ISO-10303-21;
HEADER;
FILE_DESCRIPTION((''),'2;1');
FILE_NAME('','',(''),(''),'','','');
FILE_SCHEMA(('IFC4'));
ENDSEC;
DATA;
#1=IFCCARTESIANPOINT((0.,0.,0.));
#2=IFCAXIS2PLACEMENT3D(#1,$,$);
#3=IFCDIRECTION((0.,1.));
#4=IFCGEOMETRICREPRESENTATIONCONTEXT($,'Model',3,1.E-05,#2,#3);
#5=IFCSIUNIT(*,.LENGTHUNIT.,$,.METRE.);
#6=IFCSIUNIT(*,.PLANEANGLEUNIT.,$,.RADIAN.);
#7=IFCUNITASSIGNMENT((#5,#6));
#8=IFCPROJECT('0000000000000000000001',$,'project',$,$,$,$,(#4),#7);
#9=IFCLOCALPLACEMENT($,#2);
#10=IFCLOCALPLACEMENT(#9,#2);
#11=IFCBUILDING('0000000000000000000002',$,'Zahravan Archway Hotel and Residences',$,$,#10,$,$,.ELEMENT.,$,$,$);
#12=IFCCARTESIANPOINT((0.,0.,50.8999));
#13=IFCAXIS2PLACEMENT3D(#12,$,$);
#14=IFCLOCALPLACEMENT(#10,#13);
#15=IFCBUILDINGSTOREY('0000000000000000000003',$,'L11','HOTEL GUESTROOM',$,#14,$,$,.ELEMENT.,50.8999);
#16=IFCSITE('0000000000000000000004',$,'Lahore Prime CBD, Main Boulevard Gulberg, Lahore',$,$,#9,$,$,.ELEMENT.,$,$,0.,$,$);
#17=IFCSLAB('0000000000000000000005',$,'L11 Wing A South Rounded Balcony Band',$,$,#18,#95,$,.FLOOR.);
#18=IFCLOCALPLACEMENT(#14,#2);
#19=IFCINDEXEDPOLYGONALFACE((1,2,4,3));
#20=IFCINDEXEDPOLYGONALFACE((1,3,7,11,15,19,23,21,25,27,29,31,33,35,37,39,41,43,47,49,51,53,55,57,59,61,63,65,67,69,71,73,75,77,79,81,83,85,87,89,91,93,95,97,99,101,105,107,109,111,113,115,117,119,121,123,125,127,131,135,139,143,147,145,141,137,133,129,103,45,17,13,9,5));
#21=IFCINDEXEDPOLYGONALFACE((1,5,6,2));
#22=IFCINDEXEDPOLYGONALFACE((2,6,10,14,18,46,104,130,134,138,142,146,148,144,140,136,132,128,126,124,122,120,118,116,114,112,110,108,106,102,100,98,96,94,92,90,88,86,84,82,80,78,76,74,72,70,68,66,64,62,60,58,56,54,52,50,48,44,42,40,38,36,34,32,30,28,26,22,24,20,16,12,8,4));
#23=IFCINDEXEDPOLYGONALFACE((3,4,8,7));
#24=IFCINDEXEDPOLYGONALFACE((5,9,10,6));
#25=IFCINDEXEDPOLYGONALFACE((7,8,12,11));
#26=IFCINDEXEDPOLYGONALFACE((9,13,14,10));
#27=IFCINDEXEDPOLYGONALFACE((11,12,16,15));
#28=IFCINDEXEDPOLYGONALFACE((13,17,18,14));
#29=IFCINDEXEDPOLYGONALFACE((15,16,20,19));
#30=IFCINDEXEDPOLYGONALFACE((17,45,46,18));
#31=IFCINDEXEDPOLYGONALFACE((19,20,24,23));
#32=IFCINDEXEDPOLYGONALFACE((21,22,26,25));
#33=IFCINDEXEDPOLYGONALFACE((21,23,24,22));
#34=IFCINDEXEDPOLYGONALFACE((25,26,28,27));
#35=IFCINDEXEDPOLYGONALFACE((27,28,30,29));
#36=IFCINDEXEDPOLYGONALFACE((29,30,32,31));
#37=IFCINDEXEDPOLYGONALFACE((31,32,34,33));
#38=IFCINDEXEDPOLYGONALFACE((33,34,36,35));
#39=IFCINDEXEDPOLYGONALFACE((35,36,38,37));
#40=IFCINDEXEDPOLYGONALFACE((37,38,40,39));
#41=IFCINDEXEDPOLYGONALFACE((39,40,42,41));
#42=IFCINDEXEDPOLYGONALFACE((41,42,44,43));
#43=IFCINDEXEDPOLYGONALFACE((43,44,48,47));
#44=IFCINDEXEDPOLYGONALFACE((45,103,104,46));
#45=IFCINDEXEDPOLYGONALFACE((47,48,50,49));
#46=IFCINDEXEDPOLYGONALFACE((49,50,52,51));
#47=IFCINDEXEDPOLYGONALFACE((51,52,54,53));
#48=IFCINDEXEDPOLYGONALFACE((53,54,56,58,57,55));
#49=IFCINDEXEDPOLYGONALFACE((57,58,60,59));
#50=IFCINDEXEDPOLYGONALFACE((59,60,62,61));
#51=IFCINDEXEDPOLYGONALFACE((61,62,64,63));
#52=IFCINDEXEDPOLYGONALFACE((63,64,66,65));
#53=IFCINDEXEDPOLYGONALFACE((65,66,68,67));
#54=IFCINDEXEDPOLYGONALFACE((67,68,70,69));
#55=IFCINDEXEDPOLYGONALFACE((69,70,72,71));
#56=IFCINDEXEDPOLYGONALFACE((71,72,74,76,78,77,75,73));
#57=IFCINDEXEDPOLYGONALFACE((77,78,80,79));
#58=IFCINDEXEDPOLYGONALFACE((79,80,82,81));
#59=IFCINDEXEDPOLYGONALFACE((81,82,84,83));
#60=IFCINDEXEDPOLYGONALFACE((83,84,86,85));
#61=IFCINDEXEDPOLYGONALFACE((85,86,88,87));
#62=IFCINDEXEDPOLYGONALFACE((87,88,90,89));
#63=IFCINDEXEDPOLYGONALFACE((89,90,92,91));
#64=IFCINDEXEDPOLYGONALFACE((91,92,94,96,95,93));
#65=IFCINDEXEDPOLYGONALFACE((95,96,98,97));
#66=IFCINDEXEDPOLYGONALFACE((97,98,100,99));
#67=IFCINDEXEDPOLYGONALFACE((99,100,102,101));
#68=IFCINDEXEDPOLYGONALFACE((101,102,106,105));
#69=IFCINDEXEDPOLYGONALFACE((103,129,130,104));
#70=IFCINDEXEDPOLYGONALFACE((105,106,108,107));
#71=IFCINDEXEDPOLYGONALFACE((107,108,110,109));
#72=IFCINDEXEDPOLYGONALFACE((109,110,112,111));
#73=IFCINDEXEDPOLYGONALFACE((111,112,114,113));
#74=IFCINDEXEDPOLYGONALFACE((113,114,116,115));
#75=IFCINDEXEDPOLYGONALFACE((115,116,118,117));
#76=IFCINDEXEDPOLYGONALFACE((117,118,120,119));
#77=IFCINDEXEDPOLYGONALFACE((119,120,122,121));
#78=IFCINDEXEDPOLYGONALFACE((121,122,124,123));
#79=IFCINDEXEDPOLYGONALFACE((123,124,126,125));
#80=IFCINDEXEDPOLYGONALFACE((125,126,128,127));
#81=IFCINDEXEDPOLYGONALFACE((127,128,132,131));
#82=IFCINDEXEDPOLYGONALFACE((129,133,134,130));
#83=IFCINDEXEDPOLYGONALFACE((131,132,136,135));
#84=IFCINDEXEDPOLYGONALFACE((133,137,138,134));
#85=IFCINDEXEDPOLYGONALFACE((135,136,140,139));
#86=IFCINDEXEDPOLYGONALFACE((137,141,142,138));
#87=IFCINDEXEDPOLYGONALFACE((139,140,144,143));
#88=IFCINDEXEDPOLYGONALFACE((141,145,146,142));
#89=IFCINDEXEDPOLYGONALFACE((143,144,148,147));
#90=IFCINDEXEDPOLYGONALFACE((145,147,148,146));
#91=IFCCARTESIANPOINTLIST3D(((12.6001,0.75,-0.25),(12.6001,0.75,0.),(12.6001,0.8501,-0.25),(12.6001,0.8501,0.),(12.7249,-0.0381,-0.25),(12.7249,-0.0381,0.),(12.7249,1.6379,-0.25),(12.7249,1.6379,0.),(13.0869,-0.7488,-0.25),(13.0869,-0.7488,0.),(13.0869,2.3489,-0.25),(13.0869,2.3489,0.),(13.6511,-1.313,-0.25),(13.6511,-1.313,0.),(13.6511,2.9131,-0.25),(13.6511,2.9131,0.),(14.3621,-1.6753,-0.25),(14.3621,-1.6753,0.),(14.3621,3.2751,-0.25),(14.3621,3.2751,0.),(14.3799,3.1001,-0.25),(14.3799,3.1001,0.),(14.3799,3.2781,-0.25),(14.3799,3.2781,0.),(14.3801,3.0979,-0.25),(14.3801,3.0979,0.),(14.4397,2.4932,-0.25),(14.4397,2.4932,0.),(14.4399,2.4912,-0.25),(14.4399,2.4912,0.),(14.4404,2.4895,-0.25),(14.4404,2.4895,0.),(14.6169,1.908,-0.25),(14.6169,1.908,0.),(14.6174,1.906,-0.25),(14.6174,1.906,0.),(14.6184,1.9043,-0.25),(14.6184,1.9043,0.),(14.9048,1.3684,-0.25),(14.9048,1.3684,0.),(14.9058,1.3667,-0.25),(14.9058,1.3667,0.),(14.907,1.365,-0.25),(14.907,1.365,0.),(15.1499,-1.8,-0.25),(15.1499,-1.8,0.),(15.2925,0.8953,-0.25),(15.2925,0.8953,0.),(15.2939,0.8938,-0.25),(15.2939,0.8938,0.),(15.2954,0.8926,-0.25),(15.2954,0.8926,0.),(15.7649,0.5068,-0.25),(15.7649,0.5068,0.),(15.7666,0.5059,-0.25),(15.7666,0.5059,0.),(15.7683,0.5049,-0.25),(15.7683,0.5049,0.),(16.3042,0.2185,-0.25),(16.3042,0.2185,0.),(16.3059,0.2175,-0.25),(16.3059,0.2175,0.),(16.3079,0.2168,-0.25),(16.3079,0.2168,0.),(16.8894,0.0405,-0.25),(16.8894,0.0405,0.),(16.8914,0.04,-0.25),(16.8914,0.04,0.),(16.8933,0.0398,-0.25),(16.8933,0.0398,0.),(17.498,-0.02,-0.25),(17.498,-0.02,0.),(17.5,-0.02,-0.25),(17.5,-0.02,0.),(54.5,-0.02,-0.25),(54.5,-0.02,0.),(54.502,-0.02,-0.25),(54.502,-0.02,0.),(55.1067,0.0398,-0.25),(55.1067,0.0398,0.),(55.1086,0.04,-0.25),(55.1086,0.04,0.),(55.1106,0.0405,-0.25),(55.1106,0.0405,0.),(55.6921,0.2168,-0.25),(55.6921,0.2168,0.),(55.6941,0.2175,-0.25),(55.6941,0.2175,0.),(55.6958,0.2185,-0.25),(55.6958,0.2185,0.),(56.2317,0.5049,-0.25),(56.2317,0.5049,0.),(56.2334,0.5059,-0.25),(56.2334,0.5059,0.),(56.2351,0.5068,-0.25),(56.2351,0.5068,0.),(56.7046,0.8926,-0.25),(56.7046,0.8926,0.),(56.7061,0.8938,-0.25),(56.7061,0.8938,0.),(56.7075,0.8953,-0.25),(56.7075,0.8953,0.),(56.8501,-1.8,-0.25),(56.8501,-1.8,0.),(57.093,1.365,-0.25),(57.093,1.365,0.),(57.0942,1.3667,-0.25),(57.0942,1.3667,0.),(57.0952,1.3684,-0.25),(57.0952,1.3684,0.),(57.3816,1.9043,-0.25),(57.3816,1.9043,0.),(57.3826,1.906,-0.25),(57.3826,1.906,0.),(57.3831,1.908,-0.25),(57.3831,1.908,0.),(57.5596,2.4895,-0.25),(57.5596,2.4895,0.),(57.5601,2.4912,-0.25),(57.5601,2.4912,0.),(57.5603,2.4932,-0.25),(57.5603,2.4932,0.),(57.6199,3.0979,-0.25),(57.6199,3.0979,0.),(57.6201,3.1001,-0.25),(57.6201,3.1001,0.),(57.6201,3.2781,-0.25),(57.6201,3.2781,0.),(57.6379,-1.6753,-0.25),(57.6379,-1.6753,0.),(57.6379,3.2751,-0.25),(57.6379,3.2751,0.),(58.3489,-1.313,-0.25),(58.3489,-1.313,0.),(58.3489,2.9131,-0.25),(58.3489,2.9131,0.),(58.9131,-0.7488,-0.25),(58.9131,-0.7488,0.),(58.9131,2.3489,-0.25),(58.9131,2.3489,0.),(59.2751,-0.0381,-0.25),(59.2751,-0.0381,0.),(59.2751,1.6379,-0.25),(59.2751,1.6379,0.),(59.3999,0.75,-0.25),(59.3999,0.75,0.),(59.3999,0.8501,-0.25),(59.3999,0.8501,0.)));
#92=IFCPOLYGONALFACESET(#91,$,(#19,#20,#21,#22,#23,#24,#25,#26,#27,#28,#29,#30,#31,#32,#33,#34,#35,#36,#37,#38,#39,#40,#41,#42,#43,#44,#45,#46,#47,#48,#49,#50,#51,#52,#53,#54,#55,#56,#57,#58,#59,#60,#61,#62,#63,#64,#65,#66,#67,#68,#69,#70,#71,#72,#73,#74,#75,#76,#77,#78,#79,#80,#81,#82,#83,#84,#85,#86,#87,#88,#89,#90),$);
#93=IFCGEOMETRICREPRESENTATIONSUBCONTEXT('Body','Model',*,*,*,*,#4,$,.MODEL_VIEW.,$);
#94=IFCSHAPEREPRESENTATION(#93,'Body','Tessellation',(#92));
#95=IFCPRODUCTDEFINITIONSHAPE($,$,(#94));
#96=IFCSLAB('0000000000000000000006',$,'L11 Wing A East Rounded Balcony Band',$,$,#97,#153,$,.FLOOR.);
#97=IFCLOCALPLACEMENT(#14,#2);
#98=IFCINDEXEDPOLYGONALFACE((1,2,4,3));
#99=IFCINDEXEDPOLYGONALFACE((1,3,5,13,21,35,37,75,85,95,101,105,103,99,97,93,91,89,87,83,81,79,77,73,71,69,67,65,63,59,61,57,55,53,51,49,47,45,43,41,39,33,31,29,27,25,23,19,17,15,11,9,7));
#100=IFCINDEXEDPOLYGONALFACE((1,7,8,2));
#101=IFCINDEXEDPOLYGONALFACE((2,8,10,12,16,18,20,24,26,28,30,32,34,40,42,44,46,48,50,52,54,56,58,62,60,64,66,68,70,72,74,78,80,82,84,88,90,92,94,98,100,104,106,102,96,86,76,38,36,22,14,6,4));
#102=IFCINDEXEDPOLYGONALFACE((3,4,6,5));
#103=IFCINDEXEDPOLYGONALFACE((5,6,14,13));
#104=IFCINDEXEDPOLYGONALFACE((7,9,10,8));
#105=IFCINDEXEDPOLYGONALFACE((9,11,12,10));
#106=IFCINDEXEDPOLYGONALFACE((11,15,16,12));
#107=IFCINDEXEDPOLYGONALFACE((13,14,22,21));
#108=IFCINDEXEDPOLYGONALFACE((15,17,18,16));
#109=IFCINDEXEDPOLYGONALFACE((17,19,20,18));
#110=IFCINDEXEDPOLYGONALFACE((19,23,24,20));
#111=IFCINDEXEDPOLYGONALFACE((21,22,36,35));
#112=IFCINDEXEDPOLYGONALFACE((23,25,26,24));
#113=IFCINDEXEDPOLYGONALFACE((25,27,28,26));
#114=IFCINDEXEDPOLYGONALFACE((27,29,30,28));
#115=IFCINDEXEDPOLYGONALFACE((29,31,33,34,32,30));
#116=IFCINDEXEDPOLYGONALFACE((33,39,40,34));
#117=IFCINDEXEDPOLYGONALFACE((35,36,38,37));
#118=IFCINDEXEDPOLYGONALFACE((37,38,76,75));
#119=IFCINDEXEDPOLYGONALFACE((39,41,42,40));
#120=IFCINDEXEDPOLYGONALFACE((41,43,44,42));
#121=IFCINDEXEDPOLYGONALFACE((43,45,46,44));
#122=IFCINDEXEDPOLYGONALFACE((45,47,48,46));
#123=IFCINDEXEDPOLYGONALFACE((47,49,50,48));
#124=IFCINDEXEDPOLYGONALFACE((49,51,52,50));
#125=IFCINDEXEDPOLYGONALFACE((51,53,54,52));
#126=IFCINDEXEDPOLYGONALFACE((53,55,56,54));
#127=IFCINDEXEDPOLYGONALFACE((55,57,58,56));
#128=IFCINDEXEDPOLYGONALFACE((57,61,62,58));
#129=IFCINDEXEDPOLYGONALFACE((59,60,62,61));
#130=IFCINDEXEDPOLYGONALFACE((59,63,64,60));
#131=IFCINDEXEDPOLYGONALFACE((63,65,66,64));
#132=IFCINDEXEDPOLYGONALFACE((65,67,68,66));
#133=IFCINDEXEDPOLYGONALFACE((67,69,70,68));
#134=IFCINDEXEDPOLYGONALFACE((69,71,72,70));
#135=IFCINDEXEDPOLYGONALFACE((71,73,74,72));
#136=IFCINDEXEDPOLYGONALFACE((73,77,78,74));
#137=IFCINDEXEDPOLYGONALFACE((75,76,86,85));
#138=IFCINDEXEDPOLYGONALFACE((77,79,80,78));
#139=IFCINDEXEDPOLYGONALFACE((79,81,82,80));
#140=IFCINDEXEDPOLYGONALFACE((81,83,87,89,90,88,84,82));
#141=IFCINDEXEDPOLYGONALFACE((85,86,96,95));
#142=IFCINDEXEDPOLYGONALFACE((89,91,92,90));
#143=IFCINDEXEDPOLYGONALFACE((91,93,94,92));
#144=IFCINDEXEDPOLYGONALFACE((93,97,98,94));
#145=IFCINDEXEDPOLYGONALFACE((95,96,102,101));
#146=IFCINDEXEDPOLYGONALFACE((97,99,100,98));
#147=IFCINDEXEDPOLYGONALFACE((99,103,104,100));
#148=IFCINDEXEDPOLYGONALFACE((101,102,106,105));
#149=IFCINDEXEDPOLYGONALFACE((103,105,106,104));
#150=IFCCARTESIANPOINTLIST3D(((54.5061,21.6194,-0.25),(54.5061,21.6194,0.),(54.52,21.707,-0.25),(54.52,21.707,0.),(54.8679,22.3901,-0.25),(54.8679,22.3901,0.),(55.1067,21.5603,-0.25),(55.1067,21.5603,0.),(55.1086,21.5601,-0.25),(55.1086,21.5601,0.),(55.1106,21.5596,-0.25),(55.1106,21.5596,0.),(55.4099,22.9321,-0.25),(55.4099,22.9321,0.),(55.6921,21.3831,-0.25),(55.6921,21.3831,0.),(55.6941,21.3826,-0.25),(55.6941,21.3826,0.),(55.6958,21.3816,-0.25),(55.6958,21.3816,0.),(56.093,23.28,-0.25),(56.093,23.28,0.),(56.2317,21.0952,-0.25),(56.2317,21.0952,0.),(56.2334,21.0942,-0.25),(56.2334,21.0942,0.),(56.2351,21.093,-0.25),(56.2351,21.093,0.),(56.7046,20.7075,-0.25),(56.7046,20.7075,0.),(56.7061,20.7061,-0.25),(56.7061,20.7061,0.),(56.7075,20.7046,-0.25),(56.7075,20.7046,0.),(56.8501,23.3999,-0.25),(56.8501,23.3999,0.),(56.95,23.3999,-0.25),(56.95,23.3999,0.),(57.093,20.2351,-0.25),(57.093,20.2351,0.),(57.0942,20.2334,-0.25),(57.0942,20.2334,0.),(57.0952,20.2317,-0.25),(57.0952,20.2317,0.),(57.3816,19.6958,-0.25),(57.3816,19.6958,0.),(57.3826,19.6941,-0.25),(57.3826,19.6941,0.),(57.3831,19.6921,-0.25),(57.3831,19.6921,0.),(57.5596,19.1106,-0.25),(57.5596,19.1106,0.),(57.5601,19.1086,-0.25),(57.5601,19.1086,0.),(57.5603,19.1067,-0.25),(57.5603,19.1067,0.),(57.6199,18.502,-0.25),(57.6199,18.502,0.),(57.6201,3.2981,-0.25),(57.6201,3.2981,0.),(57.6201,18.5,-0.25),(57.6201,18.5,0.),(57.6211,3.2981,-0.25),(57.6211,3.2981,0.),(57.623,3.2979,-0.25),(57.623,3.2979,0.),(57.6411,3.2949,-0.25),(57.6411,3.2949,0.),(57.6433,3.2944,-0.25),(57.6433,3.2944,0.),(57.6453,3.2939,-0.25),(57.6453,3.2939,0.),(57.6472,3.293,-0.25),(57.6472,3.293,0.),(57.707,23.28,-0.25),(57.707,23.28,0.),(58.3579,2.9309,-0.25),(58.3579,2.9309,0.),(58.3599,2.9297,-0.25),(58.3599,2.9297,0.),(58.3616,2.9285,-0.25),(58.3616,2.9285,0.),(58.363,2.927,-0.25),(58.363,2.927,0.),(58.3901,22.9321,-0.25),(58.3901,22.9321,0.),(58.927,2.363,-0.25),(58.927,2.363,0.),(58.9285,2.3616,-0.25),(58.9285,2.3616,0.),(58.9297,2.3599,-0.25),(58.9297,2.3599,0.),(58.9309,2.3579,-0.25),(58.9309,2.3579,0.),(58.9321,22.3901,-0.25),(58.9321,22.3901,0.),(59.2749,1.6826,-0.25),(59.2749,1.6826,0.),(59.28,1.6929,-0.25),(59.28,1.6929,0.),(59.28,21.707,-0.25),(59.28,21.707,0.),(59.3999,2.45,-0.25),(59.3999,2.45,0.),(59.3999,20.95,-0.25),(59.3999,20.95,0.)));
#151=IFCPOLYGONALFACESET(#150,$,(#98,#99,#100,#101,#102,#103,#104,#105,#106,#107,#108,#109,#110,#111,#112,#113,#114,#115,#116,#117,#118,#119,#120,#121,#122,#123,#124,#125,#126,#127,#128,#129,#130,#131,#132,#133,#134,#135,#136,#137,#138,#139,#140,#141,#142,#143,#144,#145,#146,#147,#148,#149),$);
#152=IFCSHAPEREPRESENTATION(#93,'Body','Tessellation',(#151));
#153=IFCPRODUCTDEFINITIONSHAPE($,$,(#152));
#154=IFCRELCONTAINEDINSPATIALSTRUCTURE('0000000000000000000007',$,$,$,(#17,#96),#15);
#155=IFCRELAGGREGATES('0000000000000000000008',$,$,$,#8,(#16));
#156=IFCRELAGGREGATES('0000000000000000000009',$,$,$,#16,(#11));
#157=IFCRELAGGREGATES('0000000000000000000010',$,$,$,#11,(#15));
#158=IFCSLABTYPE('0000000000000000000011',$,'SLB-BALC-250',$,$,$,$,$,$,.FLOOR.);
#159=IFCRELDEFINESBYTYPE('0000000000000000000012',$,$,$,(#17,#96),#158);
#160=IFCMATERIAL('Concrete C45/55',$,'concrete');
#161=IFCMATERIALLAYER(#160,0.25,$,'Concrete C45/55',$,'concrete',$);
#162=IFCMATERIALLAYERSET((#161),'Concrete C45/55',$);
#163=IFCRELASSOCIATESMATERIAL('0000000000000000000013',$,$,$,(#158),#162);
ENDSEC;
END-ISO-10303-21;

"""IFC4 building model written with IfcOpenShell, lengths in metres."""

from ifc_helpers import new_model, si_unit, direction, frame, origin, place, context, subcontext, project, spatial, polyline, outline, extrude, material, layer, layer_set, type_object, element, save


model = new_model("IFC4")

# Units and contexts
model_context = context("Model", 3, precision=1e-05, world=origin(), true_north=direction((0.0, 1.0)))
body_context = subcontext(model_context, "Body", "Model", "MODEL_VIEW")
ifc_project = project(units=[si_unit("LENGTHUNIT", "METRE"), si_unit("PLANEANGLEUNIT", "RADIAN")], contexts=[model_context])

# Site, building, storey
site_placement = place(None, origin())
site = spatial("IfcSite", under=ifc_project, at=site_placement, Name="Lahore Prime CBD, Main Boulevard Gulberg, Lahore", CompositionType="ELEMENT", RefElevation=0.0)
building_placement = place(site_placement, origin())
building = spatial("IfcBuilding", under=site, at=building_placement, Name="Zahravan Archway Hotel and Residences", CompositionType="ELEMENT")
storey_placement = place(building_placement, frame((0.0, 0.0, 50.8999)))
storey = spatial("IfcBuildingStorey", under=building, at=storey_placement, Name="L11", Description="HOTEL GUESTROOM", CompositionType="ELEMENT", Elevation=50.8999)

# Slabs
ifc_material_1 = material(Name="Concrete C45/55", Category="concrete")
ifc_layer_1 = layer(ifc_material_1, 0.25, Name="Concrete C45/55", Category="concrete")
ifc_layer_set_1 = layer_set([ifc_layer_1], Name="Concrete C45/55")
slab_type_1 = type_object("IfcSlabType", Name="SLB-BALC-250", PredefinedType="FLOOR", material=ifc_layer_set_1)
slab_1_placement = place(storey_placement, frame((0.0, 0.0, -0.25)))
element("IfcSlab", 1, at=slab_1_placement, inside=storey, type_object=slab_type_1, Name="L11 Wing A South Rounded Balcony Band", PredefinedType="FLOOR", context=body_context, shape_type="SweptSolid", body=[
    extrude(outline(polyline([(57.6379, 3.2751), (58.3489, 2.9131), (58.9131, 2.3489), (59.2751, 1.6379), (59.3999, 0.8501), (59.3999, 0.75), (59.2751, -0.0381), (58.9131, -0.7488), (58.3489, -1.313), (57.6379, -1.6753), (56.8501, -1.8), (15.1499, -1.8), (14.3621, -1.6753), (13.6511, -1.313), (13.0869, -0.7488), (12.7249, -0.0381), (12.6001, 0.75), (12.6001, 0.8501), (12.7249, 1.6379), (13.0869, 2.3489), (13.6511, 2.9131), (14.3621, 3.2751), (14.3799, 3.2781), (14.3799, 3.1001), (14.3801, 3.0979), (14.4397, 2.4932), (14.4399, 2.4912), (14.4404, 2.4895), (14.6169, 1.908), (14.6174, 1.906), (14.6184, 1.9043), (14.9048, 1.3684), (14.9058, 1.3667), (14.907, 1.365), (15.2925, 0.8953), (15.2939, 0.8938), (15.2954, 0.8926), (15.7649, 0.5068), (15.7666, 0.5059), (15.7683, 0.5049), (16.3042, 0.2185), (16.3059, 0.2175), (16.3079, 0.2168), (16.8894, 0.0405), (16.8914, 0.04), (16.8933, 0.0398), (17.498, -0.02), (17.5, -0.02), (54.5, -0.02), (54.502, -0.02), (55.1067, 0.0398), (55.1086, 0.04), (55.1106, 0.0405), (55.6921, 0.2168), (55.6941, 0.2175), (55.6958, 0.2185), (56.2317, 0.5049), (56.2334, 0.5059), (56.2351, 0.5068), (56.7046, 0.8926), (56.7061, 0.8938), (56.7075, 0.8953), (57.093, 1.365), (57.0942, 1.3667), (57.0952, 1.3684), (57.3816, 1.9043), (57.3826, 1.906), (57.3831, 1.908), (57.5596, 2.4895), (57.5601, 2.4912), (57.5603, 2.4932), (57.6199, 3.0979), (57.6201, 3.1001), (57.6201, 3.2781), (57.6379, 3.2751)])), origin(), (0.0, 0.0, 1.0), 0.25),
])
slab_2_placement = place(storey_placement, frame((0.0, 0.0, -0.25)))
element("IfcSlab", 2, at=slab_2_placement, inside=storey, type_object=slab_type_1, Name="L11 Wing A East Rounded Balcony Band", PredefinedType="FLOOR", context=body_context, shape_type="SweptSolid", body=[
    extrude(outline(polyline([(54.52, 21.707), (54.8679, 22.3901), (55.4099, 22.9321), (56.093, 23.28), (56.8501, 23.3999), (56.95, 23.3999), (57.707, 23.28), (58.3901, 22.9321), (58.9321, 22.3901), (59.28, 21.707), (59.3999, 20.95), (59.3999, 2.45), (59.28, 1.6929), (59.2749, 1.6826), (58.9309, 2.3579), (58.9297, 2.3599), (58.9285, 2.3616), (58.927, 2.363), (58.363, 2.927), (58.3616, 2.9285), (58.3599, 2.9297), (58.3579, 2.9309), (57.6472, 3.293), (57.6453, 3.2939), (57.6433, 3.2944), (57.6411, 3.2949), (57.623, 3.2979), (57.6211, 3.2981), (57.6201, 3.2981), (57.6201, 18.5), (57.6199, 18.502), (57.5603, 19.1067), (57.5601, 19.1086), (57.5596, 19.1106), (57.3831, 19.6921), (57.3826, 19.6941), (57.3816, 19.6958), (57.0952, 20.2317), (57.0942, 20.2334), (57.093, 20.2351), (56.7075, 20.7046), (56.7061, 20.7061), (56.7046, 20.7075), (56.2351, 21.093), (56.2334, 21.0942), (56.2317, 21.0952), (55.6958, 21.3816), (55.6941, 21.3826), (55.6921, 21.3831), (55.1106, 21.5596), (55.1086, 21.5601), (55.1067, 21.5603), (54.5061, 21.6194), (54.52, 21.707)])), origin(), (0.0, 0.0, 1.0), 0.25),
])

save(model, "model.ifc")
